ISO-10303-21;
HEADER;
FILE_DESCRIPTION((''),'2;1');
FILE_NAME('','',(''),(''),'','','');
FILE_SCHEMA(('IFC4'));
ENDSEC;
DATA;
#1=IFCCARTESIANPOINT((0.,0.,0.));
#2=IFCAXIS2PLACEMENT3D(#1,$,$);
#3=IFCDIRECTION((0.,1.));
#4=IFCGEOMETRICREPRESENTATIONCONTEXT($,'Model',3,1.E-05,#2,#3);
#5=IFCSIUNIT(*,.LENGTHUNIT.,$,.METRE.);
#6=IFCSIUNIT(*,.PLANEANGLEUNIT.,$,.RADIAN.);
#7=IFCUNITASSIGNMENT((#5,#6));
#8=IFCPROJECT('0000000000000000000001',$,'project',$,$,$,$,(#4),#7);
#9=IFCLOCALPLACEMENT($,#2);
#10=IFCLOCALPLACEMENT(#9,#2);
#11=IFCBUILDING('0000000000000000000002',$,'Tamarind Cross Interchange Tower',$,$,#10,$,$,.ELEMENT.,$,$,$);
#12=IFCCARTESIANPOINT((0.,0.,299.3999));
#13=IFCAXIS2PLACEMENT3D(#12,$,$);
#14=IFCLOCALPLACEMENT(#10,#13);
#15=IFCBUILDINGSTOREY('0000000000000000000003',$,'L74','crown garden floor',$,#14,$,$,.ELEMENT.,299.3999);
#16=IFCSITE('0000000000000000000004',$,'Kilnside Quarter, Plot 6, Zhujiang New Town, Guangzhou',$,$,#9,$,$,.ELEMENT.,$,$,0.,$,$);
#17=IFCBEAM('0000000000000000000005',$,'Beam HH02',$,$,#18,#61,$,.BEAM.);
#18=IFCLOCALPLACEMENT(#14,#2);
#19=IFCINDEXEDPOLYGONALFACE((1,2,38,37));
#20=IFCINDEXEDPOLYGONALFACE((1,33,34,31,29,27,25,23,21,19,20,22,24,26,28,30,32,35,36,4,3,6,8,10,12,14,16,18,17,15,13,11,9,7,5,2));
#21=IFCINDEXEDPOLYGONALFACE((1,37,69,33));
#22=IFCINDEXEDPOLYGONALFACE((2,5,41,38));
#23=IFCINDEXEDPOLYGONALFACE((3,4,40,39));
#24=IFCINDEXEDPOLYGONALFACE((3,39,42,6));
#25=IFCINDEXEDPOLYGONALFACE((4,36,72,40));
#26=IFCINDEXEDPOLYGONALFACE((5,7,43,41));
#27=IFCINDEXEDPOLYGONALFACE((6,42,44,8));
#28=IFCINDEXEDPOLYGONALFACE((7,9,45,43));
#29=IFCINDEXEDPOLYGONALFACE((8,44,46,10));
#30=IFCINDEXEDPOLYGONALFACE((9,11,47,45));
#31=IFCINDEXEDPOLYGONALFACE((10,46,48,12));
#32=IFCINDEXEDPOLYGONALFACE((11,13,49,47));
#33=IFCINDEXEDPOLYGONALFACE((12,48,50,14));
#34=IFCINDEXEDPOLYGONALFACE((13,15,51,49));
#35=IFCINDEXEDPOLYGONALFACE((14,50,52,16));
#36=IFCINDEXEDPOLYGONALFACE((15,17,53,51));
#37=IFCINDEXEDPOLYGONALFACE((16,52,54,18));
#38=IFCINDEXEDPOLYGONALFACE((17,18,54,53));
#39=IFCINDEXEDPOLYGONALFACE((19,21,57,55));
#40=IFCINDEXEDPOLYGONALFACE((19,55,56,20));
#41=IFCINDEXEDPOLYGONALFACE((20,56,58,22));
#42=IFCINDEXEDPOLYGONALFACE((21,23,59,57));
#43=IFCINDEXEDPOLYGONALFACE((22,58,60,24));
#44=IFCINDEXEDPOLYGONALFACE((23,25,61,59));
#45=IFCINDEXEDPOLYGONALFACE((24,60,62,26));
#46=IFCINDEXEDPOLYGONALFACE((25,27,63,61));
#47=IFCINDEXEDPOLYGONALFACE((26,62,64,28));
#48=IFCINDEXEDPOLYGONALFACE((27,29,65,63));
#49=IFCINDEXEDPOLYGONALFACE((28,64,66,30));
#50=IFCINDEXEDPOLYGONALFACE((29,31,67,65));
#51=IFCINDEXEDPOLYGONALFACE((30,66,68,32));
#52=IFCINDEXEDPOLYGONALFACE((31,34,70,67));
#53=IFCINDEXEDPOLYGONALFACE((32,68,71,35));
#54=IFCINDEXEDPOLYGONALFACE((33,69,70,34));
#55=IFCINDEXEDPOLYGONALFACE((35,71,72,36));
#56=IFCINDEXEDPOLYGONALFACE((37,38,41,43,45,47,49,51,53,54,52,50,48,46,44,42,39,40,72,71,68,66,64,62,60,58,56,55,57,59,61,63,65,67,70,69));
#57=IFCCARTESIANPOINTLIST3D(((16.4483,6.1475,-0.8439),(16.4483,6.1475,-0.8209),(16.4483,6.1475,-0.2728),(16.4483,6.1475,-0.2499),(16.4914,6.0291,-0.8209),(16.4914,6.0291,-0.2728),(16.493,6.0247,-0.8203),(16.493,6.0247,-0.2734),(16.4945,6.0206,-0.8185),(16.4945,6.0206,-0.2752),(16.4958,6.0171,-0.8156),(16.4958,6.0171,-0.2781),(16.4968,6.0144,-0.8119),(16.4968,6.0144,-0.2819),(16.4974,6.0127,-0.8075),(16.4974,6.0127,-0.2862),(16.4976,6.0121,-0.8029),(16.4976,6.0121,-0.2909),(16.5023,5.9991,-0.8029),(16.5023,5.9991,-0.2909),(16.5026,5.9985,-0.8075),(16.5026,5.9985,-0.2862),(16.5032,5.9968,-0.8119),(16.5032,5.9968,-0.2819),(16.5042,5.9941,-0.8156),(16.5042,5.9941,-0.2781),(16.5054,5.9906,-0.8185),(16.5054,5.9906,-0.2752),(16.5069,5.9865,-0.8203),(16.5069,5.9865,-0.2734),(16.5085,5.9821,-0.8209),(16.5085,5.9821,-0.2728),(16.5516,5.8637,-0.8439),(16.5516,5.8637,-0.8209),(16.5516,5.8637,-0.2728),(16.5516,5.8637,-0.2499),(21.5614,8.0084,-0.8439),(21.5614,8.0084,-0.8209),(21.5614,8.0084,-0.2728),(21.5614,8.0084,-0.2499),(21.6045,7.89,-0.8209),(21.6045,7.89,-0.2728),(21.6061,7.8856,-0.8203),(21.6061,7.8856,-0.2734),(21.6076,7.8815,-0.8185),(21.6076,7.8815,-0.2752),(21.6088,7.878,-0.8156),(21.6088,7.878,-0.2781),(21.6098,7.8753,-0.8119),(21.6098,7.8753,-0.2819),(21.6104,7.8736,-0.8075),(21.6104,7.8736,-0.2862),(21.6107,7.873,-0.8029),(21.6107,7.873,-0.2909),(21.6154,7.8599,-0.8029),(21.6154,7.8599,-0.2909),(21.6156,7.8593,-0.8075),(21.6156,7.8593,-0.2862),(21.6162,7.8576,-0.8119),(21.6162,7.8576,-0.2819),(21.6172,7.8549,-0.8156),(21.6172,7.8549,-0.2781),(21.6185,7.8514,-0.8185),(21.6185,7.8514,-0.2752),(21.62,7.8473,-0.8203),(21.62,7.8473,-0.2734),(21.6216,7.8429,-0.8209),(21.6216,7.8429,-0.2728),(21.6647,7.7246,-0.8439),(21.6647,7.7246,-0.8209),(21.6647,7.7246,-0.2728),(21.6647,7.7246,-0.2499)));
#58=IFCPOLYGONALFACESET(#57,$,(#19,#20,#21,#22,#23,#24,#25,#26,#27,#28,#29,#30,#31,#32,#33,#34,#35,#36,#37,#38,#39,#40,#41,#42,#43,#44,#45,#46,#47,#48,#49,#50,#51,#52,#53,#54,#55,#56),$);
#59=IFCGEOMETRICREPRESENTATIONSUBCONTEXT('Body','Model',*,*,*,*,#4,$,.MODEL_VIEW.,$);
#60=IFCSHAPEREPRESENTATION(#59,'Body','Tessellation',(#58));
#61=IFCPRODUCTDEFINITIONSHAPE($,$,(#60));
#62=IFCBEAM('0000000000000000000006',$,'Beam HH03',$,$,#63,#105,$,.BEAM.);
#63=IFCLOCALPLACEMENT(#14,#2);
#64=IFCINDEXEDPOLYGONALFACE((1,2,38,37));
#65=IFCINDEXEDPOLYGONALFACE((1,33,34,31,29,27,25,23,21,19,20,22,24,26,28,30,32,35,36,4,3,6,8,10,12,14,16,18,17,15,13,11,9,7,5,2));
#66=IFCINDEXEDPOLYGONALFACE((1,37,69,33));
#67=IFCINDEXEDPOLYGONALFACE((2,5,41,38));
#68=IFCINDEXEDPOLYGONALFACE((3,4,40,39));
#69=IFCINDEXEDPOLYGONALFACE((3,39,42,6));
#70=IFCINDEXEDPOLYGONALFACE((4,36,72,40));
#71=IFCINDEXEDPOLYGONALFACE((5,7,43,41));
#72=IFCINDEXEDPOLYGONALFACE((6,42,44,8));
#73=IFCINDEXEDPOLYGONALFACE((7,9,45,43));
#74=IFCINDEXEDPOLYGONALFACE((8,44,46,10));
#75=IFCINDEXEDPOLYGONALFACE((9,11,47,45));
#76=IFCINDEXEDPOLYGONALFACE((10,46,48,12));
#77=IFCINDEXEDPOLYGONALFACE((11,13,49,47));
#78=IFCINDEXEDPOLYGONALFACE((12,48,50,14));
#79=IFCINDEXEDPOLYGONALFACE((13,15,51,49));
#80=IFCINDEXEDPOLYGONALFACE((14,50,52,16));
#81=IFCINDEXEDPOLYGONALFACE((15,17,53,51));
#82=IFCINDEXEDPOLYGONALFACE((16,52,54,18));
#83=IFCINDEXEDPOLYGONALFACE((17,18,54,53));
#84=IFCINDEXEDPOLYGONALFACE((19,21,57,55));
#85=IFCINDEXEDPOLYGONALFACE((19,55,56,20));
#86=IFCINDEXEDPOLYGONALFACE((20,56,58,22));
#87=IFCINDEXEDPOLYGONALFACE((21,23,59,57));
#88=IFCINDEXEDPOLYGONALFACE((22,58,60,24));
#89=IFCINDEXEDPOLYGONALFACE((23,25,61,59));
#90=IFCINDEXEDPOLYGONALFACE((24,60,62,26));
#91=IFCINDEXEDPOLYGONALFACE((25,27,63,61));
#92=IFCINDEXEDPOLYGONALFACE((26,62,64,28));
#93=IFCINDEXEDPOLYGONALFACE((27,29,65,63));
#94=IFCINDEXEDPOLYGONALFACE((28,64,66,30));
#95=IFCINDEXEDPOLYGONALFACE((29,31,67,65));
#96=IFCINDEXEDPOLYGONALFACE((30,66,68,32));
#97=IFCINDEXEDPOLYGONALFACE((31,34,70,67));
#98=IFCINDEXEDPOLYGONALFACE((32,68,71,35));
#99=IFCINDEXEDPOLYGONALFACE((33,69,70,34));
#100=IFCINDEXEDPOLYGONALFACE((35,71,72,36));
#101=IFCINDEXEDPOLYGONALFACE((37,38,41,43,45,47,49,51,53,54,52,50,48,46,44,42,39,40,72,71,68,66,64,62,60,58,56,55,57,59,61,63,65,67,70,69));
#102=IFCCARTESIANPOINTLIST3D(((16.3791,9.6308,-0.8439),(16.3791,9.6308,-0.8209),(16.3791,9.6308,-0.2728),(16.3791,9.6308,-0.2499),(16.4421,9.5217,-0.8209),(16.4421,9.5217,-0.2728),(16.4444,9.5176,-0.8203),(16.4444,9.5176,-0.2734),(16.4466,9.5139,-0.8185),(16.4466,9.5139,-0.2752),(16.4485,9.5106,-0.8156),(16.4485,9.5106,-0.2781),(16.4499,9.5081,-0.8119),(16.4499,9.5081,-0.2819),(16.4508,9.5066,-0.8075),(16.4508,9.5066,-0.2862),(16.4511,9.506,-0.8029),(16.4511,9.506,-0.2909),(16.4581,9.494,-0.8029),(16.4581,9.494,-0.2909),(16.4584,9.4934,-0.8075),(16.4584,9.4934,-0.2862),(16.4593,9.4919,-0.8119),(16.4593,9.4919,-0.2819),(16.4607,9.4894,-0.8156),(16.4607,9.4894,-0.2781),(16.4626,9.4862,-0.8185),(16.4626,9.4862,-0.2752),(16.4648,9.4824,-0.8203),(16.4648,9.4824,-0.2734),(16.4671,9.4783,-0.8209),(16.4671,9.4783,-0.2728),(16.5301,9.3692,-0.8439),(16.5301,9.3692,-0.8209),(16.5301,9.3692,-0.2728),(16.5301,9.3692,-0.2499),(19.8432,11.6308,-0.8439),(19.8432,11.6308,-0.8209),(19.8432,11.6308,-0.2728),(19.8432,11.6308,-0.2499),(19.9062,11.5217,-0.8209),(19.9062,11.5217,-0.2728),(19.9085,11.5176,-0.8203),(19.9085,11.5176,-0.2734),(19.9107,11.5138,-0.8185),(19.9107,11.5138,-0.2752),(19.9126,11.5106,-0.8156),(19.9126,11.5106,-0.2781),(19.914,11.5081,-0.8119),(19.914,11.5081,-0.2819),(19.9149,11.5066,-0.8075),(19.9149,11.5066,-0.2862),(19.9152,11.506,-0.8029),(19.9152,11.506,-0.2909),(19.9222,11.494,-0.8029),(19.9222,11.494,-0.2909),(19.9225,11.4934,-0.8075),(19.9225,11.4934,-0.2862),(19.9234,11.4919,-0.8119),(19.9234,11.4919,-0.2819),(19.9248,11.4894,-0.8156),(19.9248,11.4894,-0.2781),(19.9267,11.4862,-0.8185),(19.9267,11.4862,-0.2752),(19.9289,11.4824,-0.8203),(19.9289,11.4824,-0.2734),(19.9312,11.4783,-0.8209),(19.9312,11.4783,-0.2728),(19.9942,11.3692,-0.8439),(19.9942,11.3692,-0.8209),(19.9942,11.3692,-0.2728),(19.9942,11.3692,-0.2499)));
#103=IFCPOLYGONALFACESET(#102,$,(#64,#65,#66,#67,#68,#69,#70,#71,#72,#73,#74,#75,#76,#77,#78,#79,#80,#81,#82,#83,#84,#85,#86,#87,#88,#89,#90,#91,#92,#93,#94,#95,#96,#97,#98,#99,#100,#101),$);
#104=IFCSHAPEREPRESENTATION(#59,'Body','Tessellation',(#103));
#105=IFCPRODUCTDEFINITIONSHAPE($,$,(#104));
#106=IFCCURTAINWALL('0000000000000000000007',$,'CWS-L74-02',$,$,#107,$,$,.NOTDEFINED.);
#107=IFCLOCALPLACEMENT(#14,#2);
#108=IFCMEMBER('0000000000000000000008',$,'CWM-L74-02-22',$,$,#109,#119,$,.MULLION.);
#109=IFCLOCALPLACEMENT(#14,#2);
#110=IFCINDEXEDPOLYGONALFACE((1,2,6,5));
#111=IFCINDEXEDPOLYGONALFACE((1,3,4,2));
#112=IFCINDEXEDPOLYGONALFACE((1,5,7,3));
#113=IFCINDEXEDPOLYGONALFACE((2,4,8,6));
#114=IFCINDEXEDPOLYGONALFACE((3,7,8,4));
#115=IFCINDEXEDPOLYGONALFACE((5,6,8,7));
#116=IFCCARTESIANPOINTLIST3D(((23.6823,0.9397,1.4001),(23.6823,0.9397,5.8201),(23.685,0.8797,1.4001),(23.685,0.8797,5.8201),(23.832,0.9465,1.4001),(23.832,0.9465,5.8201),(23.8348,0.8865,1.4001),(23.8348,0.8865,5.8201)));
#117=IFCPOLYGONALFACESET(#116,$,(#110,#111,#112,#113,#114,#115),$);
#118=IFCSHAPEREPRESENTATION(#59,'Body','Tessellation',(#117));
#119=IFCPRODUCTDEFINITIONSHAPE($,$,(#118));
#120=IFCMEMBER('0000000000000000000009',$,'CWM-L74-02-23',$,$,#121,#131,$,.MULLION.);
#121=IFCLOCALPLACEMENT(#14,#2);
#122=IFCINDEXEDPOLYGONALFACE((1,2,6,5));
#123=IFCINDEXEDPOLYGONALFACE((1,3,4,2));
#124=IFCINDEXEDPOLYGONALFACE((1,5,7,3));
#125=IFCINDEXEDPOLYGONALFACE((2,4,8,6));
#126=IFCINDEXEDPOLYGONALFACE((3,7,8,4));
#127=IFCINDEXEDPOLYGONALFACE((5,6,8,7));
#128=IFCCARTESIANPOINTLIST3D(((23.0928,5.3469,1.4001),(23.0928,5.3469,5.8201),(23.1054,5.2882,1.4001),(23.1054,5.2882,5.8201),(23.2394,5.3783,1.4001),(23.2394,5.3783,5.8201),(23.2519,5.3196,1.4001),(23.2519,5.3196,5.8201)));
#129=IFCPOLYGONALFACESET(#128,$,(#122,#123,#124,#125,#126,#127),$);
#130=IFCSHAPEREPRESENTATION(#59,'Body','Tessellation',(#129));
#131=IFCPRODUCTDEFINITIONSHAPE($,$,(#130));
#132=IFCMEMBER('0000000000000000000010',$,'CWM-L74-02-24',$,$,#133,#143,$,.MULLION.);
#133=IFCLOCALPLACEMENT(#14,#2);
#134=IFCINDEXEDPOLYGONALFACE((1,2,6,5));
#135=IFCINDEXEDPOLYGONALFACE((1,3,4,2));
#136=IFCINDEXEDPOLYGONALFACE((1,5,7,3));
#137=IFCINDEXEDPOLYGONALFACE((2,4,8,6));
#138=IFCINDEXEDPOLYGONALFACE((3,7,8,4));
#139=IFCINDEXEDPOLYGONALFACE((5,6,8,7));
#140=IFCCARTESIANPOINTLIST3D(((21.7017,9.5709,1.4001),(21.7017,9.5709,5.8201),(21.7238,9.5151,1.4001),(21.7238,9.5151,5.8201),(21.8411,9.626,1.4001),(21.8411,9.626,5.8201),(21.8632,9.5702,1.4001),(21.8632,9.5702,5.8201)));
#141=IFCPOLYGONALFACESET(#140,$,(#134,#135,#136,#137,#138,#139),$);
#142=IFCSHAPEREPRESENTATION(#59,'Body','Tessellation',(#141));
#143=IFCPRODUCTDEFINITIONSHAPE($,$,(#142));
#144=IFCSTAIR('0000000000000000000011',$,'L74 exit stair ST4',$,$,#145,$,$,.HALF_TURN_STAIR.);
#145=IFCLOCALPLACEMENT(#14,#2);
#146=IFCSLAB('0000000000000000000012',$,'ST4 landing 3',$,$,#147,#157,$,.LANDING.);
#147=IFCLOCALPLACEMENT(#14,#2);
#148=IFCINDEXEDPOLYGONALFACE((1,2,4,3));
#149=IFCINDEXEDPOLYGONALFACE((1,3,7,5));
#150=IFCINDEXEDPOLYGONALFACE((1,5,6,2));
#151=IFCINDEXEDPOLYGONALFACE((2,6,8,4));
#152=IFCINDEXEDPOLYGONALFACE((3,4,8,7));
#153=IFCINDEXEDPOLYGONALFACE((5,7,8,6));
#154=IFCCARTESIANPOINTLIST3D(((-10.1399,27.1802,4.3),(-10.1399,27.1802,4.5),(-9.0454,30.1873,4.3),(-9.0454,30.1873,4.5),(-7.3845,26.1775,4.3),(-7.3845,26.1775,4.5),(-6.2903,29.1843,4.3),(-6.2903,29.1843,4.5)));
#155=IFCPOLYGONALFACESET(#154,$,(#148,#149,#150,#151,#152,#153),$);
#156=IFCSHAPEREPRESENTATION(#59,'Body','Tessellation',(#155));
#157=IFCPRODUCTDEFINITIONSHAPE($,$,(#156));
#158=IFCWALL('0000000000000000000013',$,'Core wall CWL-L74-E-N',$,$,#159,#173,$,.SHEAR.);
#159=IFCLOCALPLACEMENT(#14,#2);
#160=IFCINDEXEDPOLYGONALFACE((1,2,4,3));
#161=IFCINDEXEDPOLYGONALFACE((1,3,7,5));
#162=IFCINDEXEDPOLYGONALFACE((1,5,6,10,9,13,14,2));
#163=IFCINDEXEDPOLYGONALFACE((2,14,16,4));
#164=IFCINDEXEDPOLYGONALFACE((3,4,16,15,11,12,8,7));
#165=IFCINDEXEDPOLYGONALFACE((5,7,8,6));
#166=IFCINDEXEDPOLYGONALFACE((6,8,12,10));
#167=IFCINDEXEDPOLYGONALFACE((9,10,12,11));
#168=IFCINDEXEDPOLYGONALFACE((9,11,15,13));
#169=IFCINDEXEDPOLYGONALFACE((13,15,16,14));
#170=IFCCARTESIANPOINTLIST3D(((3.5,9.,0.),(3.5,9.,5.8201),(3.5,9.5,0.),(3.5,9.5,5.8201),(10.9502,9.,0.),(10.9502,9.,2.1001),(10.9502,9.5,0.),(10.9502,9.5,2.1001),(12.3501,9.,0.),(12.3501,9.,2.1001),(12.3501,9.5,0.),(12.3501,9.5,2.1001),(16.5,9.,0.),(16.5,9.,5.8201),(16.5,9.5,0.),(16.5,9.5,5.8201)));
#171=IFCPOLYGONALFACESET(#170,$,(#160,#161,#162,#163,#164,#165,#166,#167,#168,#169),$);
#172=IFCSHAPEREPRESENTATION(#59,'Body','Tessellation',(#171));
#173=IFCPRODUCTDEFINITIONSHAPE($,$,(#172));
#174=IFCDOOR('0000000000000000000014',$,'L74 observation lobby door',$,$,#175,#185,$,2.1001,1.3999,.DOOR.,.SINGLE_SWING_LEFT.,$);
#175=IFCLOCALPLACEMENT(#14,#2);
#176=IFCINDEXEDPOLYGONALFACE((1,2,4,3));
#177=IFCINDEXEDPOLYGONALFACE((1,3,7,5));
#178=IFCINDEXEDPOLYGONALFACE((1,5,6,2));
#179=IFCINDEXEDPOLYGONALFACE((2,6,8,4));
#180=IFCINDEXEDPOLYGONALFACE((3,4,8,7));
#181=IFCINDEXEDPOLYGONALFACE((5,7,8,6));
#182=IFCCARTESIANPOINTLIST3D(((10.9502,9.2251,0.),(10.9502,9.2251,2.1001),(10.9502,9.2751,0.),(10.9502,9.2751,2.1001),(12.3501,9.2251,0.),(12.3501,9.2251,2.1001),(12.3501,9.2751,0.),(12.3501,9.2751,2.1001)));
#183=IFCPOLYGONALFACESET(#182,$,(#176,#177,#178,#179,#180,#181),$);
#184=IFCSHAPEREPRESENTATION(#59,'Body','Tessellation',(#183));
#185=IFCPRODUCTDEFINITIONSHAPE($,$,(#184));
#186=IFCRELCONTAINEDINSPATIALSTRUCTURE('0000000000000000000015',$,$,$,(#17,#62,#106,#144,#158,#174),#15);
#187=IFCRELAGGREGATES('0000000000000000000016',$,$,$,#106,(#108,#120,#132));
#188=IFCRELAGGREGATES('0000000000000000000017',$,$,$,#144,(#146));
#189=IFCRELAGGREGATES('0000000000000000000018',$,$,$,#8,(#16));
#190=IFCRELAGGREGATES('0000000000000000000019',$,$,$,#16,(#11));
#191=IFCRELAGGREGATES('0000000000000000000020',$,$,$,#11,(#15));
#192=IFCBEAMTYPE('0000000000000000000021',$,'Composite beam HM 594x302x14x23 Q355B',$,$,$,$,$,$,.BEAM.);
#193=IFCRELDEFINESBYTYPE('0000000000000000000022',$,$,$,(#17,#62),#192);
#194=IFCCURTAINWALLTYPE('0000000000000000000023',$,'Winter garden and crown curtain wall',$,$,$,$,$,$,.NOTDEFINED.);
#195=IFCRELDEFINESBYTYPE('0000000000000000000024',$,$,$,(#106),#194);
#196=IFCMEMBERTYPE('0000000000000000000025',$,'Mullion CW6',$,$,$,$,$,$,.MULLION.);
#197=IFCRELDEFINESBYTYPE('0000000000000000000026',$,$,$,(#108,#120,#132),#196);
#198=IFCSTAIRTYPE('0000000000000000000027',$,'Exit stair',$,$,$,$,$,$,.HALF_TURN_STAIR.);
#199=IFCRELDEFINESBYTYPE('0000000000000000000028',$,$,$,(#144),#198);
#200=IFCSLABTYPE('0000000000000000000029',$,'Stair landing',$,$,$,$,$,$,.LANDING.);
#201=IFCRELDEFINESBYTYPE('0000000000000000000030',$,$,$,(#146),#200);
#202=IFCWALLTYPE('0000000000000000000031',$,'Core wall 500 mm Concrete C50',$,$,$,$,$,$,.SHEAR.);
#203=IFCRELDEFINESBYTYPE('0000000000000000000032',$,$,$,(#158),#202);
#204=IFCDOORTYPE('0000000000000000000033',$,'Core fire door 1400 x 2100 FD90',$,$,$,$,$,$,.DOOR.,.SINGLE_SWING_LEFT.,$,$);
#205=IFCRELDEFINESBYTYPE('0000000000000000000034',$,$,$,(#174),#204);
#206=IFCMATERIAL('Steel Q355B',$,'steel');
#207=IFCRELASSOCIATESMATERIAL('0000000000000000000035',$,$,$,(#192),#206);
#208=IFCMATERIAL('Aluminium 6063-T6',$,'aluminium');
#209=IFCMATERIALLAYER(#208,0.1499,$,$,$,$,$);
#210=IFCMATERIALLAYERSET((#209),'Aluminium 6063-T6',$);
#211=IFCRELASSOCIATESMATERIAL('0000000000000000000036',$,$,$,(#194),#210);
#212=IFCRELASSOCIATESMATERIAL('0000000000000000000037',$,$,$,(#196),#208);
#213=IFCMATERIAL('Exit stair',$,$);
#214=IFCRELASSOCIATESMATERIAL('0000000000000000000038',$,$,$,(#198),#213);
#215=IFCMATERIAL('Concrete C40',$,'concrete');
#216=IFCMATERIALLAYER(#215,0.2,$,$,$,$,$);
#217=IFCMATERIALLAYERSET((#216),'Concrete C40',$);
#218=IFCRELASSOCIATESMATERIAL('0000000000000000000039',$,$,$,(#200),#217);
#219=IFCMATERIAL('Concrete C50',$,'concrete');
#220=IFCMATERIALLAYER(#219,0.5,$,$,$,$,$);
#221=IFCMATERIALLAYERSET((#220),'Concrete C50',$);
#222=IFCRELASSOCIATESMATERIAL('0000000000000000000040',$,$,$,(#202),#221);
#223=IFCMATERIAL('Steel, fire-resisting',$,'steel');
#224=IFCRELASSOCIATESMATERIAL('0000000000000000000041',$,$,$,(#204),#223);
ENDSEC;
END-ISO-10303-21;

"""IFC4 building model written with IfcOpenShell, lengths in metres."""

from ifc_helpers import new_model, si_unit, direction, frame, frame_2d, origin, origin_2d, place, context, subcontext, project, spatial, polyline, rectangle, i_section, outline, extrude, material, layer, layer_set, material_profile, profile_set, type_object, element, fill, aggregate, save


model = new_model("IFC4")

# Units and contexts
model_context = context("Model", 3, precision=1e-05, world=origin(), true_north=direction((0.0, 1.0)))
body_context = subcontext(model_context, "Body", "Model", "MODEL_VIEW")
ifc_project = project(units=[si_unit("LENGTHUNIT", "METRE"), si_unit("PLANEANGLEUNIT", "RADIAN")], contexts=[model_context])

# Site, building, storey
site_placement = place(None, origin())
site = spatial("IfcSite", under=ifc_project, at=site_placement, Name="Kilnside Quarter, Plot 6, Zhujiang New Town, Guangzhou", CompositionType="ELEMENT", RefElevation=0.0)
building_placement = place(site_placement, origin())
building = spatial("IfcBuilding", under=site, at=building_placement, Name="Tamarind Cross Interchange Tower", CompositionType="ELEMENT")
storey_placement = place(building_placement, frame((0.0, 0.0, 299.3999)))
storey = spatial("IfcBuildingStorey", under=building, at=storey_placement, Name="L74", Description="crown garden floor", CompositionType="ELEMENT", Elevation=299.3999)

# Beams
ifc_material_1 = material(Name="Steel Q355B", Category="steel")
ifc_material_profile_1 = material_profile(ifc_material_1, i_section(OverallWidth=0.302, OverallDepth=0.594, WebThickness=0.0139, FlangeThickness=0.0229, FilletRadius=0.0181, at=origin_2d()), Name="HM 594x302x14x23")
ifc_profile_set_1 = profile_set([ifc_material_profile_1], Name="Steel Q355B")
beam_type = type_object("IfcBeamType", Name="Composite beam HM 594x302x14x23 Q355B", PredefinedType="BEAM", material=ifc_profile_set_1)
beam_1_placement = place(storey_placement, frame((21.613, 7.8665, -0.5469), z_axis=(-0.939702, -0.341995, 0.0), x_axis=(0.341995, -0.939702, 0.0)))
element("IfcBeam", 1, at=beam_1_placement, inside=storey, type_object=beam_type, Name="Beam HH02", PredefinedType="BEAM", context=body_context, shape_type="SweptSolid", body=[
    extrude(i_section(OverallWidth=0.302, OverallDepth=0.594, WebThickness=0.0139, FlangeThickness=0.0229, FilletRadius=0.0181, at=origin_2d()), origin(), (0.0, 0.0, 1.0), 5.4412),
])
beam_2_placement = place(storey_placement, frame((19.9187, 11.5, -0.5469), z_axis=(-0.866026, -0.499999, 0.0), x_axis=(0.499999, -0.866026, 0.0)))
element("IfcBeam", 2, at=beam_2_placement, inside=storey, type_object=beam_type, Name="Beam HH03", PredefinedType="BEAM", context=body_context, shape_type="SweptSolid", body=[
    extrude(i_section(OverallWidth=0.302, OverallDepth=0.594, WebThickness=0.0139, FlangeThickness=0.0229, FilletRadius=0.0181, at=origin_2d()), origin(), (0.0, 0.0, 1.0), 4.0),
])

# Curtain wall, members
ifc_material_2 = material(Name="Aluminium 6063-T6", Category="aluminium")
ifc_layer_1 = layer(ifc_material_2, 0.1499)
ifc_layer_set_1 = layer_set([ifc_layer_1], Name="Aluminium 6063-T6")
curtain_wall_type = type_object("IfcCurtainWallType", Name="Winter garden and crown curtain wall", PredefinedType="NOTDEFINED", material=ifc_layer_set_1)
curtain_wall_placement = place(storey_placement, origin())
curtain_wall = element("IfcCurtainWall", 3, at=curtain_wall_placement, inside=storey, type_object=curtain_wall_type, Name="CWS-L74-02", PredefinedType="NOTDEFINED")
ifc_material_profile_2 = material_profile(ifc_material_2, rectangle(XDim=0.0601, YDim=0.1499, at=origin_2d()), Name="Mullion CW6")
ifc_profile_set_2 = profile_set([ifc_material_profile_2], Name="Aluminium 6063-T6")
member_type = type_object("IfcMemberType", Name="Mullion CW6", PredefinedType="MULLION", material=ifc_profile_set_2)
member_1_placement = place(storey_placement, frame((23.7585, 0.9131, 1.4001), z_axis=(0.0, 0.0, 1.0), x_axis=(-0.045624, 0.998959, 0.0)))
member_1 = element("IfcMember", 4, at=member_1_placement, type_object=member_type, Name="CWM-L74-02-22", PredefinedType="MULLION", context=body_context, shape_type="SweptSolid", body=[
    extrude(rectangle(XDim=0.0601, YDim=0.1499, at=origin_2d()), origin(), (0.0, 0.0, 1.0), 4.4199),
])
member_2_placement = place(storey_placement, frame((23.1724, 5.3333, 1.4001), z_axis=(0.0, 0.0, 1.0), x_axis=(-0.209425, 0.977825, 0.0)))
member_2 = element("IfcMember", 5, at=member_2_placement, type_object=member_type, Name="CWM-L74-02-23", PredefinedType="MULLION", context=body_context, shape_type="SweptSolid", body=[
    extrude(rectangle(XDim=0.0601, YDim=0.1499, at=origin_2d()), origin(), (0.0, 0.0, 1.0), 4.4199),
])
member_3_placement = place(storey_placement, frame((21.7825, 9.5706, 1.4001), z_axis=(0.0, 0.0, 1.0), x_axis=(-0.367514, 0.930018, 0.0)))
member_3 = element("IfcMember", 6, at=member_3_placement, type_object=member_type, Name="CWM-L74-02-24", PredefinedType="MULLION", context=body_context, shape_type="SweptSolid", body=[
    extrude(rectangle(XDim=0.0601, YDim=0.1499, at=origin_2d()), origin(), (0.0, 0.0, 1.0), 4.4199),
])
aggregate(curtain_wall, [member_1, member_2, member_3])

# Stair, slab
ifc_material_3 = material(Name="Exit stair")
stair_type = type_object("IfcStairType", Name="Exit stair", PredefinedType="HALF_TURN_STAIR", material=ifc_material_3)
stair_placement = place(storey_placement, origin())
stair = element("IfcStair", 7, at=stair_placement, inside=storey, type_object=stair_type, Name="L74 exit stair ST4", PredefinedType="HALF_TURN_STAIR")
ifc_material_4 = material(Name="Concrete C40", Category="concrete")
ifc_layer_2 = layer(ifc_material_4, 0.2)
ifc_layer_set_2 = layer_set([ifc_layer_2], Name="Concrete C40")
slab_type = type_object("IfcSlabType", Name="Stair landing", PredefinedType="LANDING", material=ifc_layer_set_2)
slab_placement = place(storey_placement, frame((0.0, 0.0, 4.3)))
slab = element("IfcSlab", 8, at=slab_placement, type_object=slab_type, Name="ST4 landing 3", PredefinedType="LANDING", context=body_context, shape_type="SweptSolid", body=[
    extrude(outline(polyline([(-6.2903, 29.1843), (-9.0454, 30.1873), (-10.1399, 27.1802), (-7.3845, 26.1775), (-6.2903, 29.1843)])), origin(), (0.0, 0.0, 1.0), 0.2),
])
aggregate(stair, [slab])

# Wall, opening, door
ifc_material_5 = material(Name="Concrete C50", Category="concrete")
ifc_layer_3 = layer(ifc_material_5, 0.5)
ifc_layer_set_3 = layer_set([ifc_layer_3], Name="Concrete C50")
wall_type_1 = type_object("IfcWallType", Name="Core wall 500 mm Concrete C50", PredefinedType="SHEAR", material=ifc_layer_set_3)
wall_1_placement = place(storey_placement, frame((16.5, 9.25, 0.0), z_axis=(0.0, 0.0, 1.0), x_axis=(-1.0, 0.0, 0.0)))
wall_1 = element("IfcWall", 9, at=wall_1_placement, inside=storey, type_object=wall_type_1, Name="Core wall CWL-L74-E-N", PredefinedType="SHEAR", context=body_context, shape_type="SweptSolid", body=[
    extrude(rectangle(XDim=13.0, YDim=0.5, at=frame_2d((6.5, 0.0))), origin(), (0.0, 0.0, 1.0), 5.8201),
])
opening_placement = place(wall_1_placement, frame((4.1499, 0.0, 0.0)))
opening = element("IfcOpeningElement", 10, at=opening_placement, cuts=wall_1, PredefinedType="OPENING", context=body_context, shape_type="SweptSolid", body=[
    extrude(rectangle(XDim=1.3999, YDim=2.1001, at=frame_2d((0.7, 1.05))), frame((0.0, 0.26, 0.0), z_axis=(0.0, -1.0, 0.0), x_axis=(1.0, 0.0, 0.0)), (0.0, 0.0, 1.0), 0.52),
])
ifc_material_6 = material(Name="Steel, fire-resisting", Category="steel")
door_type = type_object("IfcDoorType", Name="Core fire door 1400 x 2100 FD90", OperationType="SINGLE_SWING_LEFT", PredefinedType="DOOR", material=ifc_material_6)
door_placement = place(opening_placement, origin())
door = element("IfcDoor", 11, at=door_placement, inside=storey, type_object=door_type, Name="L74 observation lobby door", OperationType="SINGLE_SWING_LEFT", OverallHeight=2.1001, OverallWidth=1.3999, PredefinedType="DOOR", context=body_context, shape_type="SweptSolid", body=[
    extrude(rectangle(XDim=1.3999, YDim=2.1001, at=frame_2d((0.7, 1.05))), frame((0.0, 0.0249, 0.0), z_axis=(0.0, -1.0, 0.0), x_axis=(1.0, 0.0, 0.0)), (0.0, 0.0, 1.0), 0.05),
])
fill(opening, door)

save(model, "model.ifc")
